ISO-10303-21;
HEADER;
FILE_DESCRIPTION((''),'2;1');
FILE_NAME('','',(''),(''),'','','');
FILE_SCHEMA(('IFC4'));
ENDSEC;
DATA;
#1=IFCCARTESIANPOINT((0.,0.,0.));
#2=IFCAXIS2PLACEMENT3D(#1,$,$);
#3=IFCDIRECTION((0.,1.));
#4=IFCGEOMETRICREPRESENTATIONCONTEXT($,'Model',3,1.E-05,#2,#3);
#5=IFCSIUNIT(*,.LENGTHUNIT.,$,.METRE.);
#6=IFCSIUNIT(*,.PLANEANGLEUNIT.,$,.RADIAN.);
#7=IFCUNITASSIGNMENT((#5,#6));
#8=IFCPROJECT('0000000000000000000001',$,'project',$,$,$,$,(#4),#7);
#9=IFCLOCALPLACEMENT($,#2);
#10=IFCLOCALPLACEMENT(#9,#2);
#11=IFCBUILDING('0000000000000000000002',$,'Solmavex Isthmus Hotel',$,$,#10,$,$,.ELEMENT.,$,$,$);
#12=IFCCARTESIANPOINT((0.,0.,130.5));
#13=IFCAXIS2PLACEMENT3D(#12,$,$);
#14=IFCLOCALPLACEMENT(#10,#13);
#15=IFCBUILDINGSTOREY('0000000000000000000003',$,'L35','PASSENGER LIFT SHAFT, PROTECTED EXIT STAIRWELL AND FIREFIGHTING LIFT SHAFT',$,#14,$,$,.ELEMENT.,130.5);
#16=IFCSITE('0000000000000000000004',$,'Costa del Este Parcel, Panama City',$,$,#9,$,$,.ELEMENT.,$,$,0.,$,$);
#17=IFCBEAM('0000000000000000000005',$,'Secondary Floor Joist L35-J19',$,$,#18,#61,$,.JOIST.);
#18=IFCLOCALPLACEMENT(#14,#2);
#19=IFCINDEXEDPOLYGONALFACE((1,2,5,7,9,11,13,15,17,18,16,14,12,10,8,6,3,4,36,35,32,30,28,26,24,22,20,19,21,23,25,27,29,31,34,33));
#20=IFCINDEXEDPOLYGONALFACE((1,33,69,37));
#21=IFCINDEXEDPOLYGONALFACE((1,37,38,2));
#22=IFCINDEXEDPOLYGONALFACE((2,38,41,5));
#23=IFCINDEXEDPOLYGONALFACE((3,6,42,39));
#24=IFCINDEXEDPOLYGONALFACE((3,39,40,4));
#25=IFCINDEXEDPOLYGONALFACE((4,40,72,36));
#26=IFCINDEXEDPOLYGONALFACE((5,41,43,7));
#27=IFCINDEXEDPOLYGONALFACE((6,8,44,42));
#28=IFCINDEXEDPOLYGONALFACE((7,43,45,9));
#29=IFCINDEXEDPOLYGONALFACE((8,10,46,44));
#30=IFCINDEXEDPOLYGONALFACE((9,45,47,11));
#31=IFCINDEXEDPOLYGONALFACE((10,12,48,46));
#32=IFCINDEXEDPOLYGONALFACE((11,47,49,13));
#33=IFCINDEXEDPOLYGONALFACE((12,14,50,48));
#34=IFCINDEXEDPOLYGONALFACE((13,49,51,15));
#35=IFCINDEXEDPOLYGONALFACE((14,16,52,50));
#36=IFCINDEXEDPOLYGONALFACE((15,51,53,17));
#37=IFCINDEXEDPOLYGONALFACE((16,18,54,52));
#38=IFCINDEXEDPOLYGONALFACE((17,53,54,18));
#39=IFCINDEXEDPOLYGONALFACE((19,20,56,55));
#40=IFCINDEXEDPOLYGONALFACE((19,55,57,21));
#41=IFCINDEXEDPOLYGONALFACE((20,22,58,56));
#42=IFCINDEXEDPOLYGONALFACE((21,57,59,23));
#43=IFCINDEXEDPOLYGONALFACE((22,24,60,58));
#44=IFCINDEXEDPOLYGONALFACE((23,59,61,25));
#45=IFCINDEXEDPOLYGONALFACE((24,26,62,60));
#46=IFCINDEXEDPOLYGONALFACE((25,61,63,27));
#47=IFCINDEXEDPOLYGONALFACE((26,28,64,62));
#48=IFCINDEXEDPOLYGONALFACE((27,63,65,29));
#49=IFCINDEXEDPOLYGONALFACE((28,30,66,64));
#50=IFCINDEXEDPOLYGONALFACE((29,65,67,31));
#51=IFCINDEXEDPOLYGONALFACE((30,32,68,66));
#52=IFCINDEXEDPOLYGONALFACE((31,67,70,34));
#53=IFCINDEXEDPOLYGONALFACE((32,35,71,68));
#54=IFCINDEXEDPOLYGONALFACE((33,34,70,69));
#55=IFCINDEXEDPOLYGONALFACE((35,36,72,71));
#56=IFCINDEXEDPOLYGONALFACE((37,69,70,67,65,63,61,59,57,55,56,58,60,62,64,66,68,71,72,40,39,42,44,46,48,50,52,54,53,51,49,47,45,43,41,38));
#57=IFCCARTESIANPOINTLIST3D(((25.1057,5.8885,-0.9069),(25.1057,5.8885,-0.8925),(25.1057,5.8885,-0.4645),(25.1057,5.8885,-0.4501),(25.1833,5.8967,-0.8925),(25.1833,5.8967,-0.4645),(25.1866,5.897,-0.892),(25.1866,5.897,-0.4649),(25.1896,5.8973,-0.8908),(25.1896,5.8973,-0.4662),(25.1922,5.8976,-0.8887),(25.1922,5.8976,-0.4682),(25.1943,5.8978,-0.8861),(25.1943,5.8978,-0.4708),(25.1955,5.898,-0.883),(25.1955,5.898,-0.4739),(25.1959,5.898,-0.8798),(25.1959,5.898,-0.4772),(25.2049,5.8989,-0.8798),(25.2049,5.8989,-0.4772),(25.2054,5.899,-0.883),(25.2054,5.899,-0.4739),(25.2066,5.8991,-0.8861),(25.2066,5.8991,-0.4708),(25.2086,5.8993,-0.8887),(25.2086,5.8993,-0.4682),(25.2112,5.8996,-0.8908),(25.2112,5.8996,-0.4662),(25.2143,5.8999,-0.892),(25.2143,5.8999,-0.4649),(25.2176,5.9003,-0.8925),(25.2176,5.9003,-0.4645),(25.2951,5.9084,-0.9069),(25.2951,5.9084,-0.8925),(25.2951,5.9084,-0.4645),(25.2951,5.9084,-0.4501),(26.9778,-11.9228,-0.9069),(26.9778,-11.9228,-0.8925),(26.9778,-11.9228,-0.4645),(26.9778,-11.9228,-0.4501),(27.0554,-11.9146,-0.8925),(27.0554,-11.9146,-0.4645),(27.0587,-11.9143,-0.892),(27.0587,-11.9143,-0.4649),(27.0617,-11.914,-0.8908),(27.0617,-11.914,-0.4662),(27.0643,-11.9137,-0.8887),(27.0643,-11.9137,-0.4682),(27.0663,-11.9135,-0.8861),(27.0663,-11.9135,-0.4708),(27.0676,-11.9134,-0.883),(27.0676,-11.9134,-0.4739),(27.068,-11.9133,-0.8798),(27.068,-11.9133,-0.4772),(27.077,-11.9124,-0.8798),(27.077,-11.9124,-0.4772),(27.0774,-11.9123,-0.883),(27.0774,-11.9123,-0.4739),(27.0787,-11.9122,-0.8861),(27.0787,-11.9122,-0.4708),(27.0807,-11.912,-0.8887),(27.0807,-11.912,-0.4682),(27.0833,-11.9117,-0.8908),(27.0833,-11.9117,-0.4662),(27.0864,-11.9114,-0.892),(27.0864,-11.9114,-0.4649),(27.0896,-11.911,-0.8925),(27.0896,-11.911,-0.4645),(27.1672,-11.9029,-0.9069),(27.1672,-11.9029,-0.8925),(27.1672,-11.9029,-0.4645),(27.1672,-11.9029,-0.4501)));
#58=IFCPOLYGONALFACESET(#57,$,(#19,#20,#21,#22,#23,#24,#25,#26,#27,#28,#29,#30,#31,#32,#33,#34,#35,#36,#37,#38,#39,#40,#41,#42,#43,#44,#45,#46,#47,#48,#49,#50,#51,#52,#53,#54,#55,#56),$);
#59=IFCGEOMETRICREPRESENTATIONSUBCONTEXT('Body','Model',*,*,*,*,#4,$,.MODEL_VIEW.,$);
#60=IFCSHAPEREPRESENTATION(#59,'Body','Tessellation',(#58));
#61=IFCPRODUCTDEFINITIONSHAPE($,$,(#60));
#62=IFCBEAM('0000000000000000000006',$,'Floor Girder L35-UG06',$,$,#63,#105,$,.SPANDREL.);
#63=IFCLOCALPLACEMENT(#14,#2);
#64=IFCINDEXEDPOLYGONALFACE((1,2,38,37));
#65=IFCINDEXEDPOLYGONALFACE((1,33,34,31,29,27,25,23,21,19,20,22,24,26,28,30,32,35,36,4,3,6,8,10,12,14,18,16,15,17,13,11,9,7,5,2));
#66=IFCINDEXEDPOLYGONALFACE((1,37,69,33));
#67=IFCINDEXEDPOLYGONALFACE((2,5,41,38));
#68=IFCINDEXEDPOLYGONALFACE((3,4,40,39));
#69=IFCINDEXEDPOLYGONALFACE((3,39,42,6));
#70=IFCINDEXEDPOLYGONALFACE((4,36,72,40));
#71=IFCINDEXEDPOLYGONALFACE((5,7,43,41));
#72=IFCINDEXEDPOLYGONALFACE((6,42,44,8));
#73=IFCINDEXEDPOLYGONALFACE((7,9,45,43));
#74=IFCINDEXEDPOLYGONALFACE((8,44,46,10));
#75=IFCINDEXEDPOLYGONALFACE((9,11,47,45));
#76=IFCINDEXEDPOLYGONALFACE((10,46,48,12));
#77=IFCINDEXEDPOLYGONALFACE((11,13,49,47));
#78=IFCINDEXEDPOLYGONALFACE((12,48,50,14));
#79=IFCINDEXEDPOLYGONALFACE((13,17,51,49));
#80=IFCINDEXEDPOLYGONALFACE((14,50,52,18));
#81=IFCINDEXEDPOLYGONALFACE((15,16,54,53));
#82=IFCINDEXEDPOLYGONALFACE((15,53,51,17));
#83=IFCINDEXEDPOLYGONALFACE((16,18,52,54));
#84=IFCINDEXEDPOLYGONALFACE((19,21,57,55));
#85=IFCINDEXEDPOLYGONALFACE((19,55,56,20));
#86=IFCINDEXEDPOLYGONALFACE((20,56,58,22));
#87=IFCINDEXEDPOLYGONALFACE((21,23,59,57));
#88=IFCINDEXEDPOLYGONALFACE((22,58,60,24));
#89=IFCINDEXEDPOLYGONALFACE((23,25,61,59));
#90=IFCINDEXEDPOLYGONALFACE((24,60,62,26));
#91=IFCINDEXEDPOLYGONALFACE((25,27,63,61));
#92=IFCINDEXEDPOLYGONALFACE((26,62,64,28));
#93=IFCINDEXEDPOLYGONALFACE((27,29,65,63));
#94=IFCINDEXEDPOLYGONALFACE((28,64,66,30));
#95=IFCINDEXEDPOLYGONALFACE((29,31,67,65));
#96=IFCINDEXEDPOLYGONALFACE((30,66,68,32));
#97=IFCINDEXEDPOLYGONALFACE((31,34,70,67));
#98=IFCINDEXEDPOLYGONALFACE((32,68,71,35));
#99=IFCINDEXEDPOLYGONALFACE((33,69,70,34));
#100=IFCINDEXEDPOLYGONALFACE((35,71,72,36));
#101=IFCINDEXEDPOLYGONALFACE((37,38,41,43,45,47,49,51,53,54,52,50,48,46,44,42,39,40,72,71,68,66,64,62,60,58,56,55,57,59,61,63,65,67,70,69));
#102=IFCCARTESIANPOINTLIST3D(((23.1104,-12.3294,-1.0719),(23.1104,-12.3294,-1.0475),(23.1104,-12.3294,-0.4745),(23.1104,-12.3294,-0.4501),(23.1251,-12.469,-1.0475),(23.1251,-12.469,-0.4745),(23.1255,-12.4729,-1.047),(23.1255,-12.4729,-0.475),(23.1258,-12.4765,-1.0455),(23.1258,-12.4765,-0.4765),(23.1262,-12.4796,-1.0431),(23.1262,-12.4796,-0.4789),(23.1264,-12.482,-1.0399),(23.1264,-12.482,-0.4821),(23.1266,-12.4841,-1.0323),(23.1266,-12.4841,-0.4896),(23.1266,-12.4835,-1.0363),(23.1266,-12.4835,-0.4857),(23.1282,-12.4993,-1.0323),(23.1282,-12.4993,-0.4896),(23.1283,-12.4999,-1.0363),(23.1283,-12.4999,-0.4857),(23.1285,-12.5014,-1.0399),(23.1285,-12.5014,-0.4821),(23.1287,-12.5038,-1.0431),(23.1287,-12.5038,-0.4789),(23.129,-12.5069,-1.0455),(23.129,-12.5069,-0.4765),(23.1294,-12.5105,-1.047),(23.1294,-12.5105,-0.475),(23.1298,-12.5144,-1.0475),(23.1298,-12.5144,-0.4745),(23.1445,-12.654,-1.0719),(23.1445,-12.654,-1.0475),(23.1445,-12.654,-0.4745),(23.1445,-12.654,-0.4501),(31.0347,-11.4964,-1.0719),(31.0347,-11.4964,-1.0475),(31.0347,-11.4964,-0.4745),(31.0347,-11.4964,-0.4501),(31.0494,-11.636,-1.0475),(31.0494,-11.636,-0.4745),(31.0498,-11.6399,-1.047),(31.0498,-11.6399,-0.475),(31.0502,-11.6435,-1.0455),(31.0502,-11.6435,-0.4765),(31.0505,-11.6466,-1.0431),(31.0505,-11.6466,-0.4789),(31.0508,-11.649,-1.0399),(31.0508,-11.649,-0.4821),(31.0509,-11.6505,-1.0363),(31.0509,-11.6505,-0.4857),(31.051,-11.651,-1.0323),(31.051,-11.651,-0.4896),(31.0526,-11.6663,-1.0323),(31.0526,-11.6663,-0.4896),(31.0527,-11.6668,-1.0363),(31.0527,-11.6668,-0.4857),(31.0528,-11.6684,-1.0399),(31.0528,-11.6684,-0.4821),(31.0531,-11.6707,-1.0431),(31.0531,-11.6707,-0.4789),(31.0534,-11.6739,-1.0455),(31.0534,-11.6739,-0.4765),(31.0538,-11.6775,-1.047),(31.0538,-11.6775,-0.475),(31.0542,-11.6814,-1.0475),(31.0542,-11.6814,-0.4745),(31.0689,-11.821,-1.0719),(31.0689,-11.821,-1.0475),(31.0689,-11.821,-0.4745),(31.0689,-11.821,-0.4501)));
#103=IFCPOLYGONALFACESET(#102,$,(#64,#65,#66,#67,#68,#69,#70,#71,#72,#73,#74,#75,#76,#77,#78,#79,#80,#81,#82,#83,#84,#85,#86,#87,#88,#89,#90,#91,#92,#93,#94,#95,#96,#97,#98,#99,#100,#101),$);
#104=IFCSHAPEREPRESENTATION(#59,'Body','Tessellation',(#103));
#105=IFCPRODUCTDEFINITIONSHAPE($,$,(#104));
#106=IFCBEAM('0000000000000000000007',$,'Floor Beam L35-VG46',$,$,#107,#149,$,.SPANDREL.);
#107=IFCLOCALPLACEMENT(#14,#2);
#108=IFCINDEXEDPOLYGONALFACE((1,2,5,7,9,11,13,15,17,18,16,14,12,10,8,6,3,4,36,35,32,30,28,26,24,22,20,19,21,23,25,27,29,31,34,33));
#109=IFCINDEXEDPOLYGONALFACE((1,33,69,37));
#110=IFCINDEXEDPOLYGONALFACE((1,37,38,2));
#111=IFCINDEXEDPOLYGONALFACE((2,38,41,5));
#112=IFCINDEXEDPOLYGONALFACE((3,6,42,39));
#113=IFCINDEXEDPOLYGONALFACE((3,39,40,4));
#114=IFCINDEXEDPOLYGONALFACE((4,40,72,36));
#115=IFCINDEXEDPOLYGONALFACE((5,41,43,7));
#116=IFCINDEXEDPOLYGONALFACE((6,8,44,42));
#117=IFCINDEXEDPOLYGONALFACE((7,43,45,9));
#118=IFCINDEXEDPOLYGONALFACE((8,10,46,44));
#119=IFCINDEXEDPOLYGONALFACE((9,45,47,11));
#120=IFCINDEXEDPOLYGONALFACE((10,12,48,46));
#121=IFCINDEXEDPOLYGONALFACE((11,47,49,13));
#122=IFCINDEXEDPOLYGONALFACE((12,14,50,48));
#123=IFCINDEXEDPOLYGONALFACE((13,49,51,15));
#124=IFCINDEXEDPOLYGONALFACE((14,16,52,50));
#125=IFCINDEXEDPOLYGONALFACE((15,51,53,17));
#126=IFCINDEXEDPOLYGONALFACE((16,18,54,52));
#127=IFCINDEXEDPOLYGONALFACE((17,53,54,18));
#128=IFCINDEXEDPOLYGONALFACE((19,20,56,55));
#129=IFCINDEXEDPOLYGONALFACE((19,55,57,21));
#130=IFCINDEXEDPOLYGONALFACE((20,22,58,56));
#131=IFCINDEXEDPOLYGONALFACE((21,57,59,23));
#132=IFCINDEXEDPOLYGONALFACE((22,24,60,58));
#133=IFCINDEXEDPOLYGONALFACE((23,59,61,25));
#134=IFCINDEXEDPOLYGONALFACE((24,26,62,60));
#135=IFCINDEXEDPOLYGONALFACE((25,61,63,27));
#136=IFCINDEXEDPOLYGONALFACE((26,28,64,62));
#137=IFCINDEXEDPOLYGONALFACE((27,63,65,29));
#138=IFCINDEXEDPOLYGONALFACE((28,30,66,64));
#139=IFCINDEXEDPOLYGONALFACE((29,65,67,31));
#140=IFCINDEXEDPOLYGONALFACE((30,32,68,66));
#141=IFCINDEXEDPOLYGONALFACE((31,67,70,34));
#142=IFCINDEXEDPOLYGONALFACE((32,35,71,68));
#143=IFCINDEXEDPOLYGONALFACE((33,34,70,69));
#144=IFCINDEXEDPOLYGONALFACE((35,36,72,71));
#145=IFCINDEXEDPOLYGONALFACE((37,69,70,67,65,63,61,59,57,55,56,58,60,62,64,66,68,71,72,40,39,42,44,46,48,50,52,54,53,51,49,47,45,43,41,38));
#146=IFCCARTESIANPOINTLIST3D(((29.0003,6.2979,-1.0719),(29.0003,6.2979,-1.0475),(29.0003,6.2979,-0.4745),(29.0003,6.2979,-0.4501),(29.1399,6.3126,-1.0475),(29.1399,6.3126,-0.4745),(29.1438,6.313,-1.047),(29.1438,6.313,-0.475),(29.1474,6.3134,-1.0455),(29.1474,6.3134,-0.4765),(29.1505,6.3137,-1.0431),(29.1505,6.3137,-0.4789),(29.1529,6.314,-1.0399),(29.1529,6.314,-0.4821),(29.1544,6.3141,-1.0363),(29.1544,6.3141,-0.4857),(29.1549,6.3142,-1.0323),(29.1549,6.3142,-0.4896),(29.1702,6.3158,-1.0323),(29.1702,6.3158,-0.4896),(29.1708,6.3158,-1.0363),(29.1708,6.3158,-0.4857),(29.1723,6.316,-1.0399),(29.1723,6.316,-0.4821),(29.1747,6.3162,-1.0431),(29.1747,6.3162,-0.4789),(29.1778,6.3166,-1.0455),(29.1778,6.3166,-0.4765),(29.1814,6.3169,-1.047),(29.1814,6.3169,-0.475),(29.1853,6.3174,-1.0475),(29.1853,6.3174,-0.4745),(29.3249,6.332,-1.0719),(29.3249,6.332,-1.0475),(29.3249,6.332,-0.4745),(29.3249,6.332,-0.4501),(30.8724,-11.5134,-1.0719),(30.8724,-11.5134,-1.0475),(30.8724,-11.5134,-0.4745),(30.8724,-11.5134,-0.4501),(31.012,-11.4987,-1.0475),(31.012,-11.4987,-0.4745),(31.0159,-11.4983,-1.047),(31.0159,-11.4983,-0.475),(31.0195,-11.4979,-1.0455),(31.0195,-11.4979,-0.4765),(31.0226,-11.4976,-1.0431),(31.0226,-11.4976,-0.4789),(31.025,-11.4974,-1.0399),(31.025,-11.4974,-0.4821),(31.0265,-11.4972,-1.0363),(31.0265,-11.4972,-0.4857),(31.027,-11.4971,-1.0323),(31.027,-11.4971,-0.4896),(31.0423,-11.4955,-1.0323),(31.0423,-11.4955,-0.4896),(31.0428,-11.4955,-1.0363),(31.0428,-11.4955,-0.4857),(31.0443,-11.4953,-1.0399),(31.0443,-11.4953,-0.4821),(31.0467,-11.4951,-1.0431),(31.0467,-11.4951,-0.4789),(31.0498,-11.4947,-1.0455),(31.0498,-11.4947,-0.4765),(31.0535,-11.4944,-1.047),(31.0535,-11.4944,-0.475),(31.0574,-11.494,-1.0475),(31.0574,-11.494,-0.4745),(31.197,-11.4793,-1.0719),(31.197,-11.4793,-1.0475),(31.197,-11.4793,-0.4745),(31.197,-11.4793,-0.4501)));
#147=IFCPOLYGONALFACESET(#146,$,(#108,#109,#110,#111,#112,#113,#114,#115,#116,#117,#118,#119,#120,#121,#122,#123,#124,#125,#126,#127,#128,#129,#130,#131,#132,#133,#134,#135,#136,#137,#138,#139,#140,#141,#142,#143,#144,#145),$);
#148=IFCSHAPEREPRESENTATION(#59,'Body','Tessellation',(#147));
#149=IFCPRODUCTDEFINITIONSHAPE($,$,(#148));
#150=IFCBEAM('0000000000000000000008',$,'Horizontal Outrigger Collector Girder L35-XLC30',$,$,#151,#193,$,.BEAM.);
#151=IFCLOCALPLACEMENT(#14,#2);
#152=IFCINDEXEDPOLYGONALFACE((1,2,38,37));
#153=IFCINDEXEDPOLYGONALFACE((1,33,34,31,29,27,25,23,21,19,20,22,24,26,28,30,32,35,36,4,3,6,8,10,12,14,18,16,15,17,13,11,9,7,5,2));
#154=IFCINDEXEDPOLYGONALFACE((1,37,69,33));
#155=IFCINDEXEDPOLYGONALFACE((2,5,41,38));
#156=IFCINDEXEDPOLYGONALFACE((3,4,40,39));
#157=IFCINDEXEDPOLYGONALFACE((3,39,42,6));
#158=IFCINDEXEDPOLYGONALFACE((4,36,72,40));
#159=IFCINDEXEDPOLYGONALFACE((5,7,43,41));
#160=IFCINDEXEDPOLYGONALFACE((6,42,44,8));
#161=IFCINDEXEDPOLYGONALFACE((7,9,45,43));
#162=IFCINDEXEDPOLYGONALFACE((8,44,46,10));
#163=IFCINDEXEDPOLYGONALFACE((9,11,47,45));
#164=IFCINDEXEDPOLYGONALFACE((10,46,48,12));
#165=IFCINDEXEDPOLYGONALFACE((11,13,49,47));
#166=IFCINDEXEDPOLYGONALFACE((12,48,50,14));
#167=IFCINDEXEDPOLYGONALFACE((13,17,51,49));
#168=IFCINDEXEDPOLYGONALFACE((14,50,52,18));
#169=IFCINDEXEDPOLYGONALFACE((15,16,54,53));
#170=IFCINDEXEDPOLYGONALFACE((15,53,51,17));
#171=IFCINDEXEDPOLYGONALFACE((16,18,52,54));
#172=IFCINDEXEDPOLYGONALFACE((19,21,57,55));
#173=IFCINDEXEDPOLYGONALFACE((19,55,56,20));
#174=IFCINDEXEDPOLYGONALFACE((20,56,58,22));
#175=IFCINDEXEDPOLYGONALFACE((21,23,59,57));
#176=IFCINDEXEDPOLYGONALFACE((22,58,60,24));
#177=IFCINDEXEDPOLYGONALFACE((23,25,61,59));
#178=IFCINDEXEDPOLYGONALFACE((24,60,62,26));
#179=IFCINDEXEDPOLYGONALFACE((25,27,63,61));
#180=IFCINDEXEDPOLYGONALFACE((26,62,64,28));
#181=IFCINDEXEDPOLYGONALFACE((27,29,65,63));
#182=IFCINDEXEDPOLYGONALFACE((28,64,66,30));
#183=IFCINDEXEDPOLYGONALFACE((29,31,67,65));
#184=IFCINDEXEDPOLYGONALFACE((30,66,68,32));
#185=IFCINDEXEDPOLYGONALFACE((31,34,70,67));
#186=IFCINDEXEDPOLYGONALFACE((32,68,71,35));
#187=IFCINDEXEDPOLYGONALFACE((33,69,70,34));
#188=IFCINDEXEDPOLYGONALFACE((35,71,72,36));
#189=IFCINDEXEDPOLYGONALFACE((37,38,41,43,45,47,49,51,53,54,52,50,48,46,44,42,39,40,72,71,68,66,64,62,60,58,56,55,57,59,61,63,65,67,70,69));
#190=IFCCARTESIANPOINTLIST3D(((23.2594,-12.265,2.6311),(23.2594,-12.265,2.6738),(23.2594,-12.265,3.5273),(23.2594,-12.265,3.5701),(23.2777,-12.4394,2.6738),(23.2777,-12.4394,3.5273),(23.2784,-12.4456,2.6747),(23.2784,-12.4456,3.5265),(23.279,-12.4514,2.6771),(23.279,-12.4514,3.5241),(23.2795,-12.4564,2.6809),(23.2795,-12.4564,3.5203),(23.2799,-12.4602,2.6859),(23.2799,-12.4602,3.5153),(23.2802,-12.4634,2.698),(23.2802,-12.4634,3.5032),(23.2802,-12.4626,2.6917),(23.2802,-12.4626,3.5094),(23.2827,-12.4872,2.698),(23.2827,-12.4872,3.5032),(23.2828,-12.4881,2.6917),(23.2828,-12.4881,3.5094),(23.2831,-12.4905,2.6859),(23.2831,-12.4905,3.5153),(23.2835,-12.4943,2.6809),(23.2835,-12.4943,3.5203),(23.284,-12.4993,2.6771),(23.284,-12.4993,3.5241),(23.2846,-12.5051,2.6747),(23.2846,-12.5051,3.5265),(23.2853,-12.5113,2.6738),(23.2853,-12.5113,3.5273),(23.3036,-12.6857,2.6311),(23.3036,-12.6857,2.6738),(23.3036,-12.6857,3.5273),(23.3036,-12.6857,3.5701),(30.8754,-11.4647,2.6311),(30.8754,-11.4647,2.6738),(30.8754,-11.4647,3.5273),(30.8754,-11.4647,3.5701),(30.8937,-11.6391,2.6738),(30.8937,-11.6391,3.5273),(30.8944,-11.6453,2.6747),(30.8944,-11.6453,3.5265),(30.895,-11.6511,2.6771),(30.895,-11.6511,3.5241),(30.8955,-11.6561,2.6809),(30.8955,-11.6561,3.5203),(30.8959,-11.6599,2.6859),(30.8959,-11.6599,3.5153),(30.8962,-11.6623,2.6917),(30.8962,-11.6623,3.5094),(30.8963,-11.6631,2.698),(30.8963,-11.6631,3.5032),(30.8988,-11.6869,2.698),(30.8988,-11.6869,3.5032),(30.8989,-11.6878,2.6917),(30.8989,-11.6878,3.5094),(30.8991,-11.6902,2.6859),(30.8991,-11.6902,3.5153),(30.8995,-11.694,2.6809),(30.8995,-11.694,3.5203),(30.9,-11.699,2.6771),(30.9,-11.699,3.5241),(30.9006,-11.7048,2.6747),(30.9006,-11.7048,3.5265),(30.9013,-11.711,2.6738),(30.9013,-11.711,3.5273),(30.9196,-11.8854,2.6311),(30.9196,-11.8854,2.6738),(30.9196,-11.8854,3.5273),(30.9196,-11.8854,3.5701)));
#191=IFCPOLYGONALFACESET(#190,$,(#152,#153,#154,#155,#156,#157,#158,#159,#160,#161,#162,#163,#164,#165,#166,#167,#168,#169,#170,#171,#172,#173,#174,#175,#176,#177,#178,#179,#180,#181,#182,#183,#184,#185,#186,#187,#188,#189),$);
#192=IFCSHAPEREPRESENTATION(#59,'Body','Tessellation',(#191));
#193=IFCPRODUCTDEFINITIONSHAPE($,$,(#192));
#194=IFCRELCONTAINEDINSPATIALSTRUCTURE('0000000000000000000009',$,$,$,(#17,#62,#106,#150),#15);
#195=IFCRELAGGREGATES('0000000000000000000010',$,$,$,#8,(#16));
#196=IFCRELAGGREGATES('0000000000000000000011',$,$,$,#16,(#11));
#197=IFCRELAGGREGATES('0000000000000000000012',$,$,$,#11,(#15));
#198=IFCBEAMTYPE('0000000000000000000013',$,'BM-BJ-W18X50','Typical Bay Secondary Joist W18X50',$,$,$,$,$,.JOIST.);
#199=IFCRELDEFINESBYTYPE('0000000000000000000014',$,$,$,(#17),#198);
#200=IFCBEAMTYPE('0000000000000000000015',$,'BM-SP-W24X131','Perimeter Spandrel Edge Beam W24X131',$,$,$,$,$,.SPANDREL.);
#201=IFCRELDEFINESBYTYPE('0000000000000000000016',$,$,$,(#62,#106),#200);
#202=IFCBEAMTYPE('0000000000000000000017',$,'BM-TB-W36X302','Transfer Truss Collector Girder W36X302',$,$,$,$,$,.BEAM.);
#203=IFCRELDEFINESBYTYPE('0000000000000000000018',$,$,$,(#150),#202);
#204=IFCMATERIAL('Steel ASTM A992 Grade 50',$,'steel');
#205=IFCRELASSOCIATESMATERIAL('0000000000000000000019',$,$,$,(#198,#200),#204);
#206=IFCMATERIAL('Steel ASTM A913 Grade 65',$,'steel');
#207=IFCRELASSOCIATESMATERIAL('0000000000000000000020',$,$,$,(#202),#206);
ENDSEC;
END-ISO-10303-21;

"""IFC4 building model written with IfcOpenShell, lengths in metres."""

from ifc_helpers import new_model, si_unit, direction, frame, origin, origin_2d, place, context, subcontext, project, spatial, i_section, extrude, material, material_profile, profile_set, type_object, element, save


model = new_model("IFC4")

# Units and contexts
model_context = context("Model", 3, precision=1e-05, world=origin(), true_north=direction((0.0, 1.0)))
body_context = subcontext(model_context, "Body", "Model", "MODEL_VIEW")
ifc_project = project(units=[si_unit("LENGTHUNIT", "METRE"), si_unit("PLANEANGLEUNIT", "RADIAN")], contexts=[model_context])

# Site, building, storey
site_placement = place(None, origin())
site = spatial("IfcSite", under=ifc_project, at=site_placement, Name="Costa del Este Parcel, Panama City", CompositionType="ELEMENT", RefElevation=0.0)
building_placement = place(site_placement, origin())
building = spatial("IfcBuilding", under=site, at=building_placement, Name="Solmavex Isthmus Hotel", CompositionType="ELEMENT")
storey_placement = place(building_placement, frame((0.0, 0.0, 130.5)))
storey = spatial("IfcBuildingStorey", under=building, at=storey_placement, Name="L35", Description="PASSENGER LIFT SHAFT, PROTECTED EXIT STAIRWELL AND FIREFIGHTING LIFT SHAFT", CompositionType="ELEMENT", Elevation=130.5)

# Shared definitions
ifc_material_1 = material(Name="Steel ASTM A913 Grade 65", Category="steel")

# Beams
ifc_material_2 = material(Name="Steel ASTM A992 Grade 50", Category="steel")
ifc_material_profile_1 = material_profile(ifc_material_2, i_section(OverallWidth=0.1904, OverallDepth=0.4568, WebThickness=0.009, FlangeThickness=0.0144, FilletRadius=0.0127, at=origin_2d()), Name="W18X50")
ifc_profile_set_1 = profile_set([ifc_material_profile_1], Name="Steel ASTM A992 Grade 50")
beam_type_1 = type_object("IfcBeamType", Name="BM-BJ-W18X50", Description="Typical Bay Secondary Joist W18X50", PredefinedType="JOIST", material=ifc_profile_set_1)
for number, where, z_axis, x_axis, name in (
    (1, (27.0725, -11.9128, -0.6785), (-0.10453, 0.994522, 0.0), (-0.994522, -0.10453, 0.0), "Secondary Floor Joist L35-J19"),
):
    element("IfcBeam", number, at=place(storey_placement, frame(where, z_axis=z_axis, x_axis=x_axis)), inside=storey, type_object=beam_type_1, Name=name, PredefinedType="JOIST", context=body_context, shape_type="SweptSolid", body=[
        extrude(i_section(OverallWidth=0.1904, OverallDepth=0.4568, WebThickness=0.009, FlangeThickness=0.0144, FilletRadius=0.0127, at=origin_2d()), origin(), (0.0, 0.0, 1.0), 17.9094),
    ])
ifc_material_profile_2 = material_profile(ifc_material_2, i_section(OverallWidth=0.3264, OverallDepth=0.6218, WebThickness=0.0154, FlangeThickness=0.0244, FilletRadius=0.0151, at=origin_2d()), Name="W24X131")
ifc_profile_set_2 = profile_set([ifc_material_profile_2], Name="Steel ASTM A992 Grade 50")
beam_type_2 = type_object("IfcBeamType", Name="BM-SP-W24X131", Description="Perimeter Spandrel Edge Beam W24X131", PredefinedType="SPANDREL", material=ifc_profile_set_2)
beam_1_placement = place(storey_placement, frame((23.1274, -12.4917, -0.761), z_axis=(0.99452, 0.104544, 0.0), x_axis=(-0.104544, 0.99452, 0.0)))
element("IfcBeam", 2, at=beam_1_placement, inside=storey, type_object=beam_type_2, Name="Floor Girder L35-UG06", PredefinedType="SPANDREL", context=body_context, shape_type="SweptSolid", body=[
    extrude(i_section(OverallWidth=0.3264, OverallDepth=0.6218, WebThickness=0.0154, FlangeThickness=0.0244, FilletRadius=0.0151, at=origin_2d()), origin(), (0.0, 0.0, 1.0), 7.968),
])
beam_2_placement = place(storey_placement, frame((31.0347, -11.4963, -0.761), z_axis=(-0.10453, 0.994522, 0.0), x_axis=(-0.994522, -0.10453, 0.0)))
element("IfcBeam", 3, at=beam_2_placement, inside=storey, type_object=beam_type_2, Name="Floor Beam L35-VG46", PredefinedType="SPANDREL", context=body_context, shape_type="SweptSolid", body=[
    extrude(i_section(OverallWidth=0.3264, OverallDepth=0.6218, WebThickness=0.0154, FlangeThickness=0.0244, FilletRadius=0.0151, at=origin_2d()), origin(), (0.0, 0.0, 1.0), 17.9094),
])
ifc_material_profile_3 = material_profile(ifc_material_1, i_section(OverallWidth=0.4231, OverallDepth=0.939, WebThickness=0.0239, FlangeThickness=0.0427, FilletRadius=0.0242, at=origin_2d()), Name="W36X302")
ifc_profile_set_3 = profile_set([ifc_material_profile_3], Name="Steel ASTM A913 Grade 65")
beam_type_3 = type_object("IfcBeamType", Name="BM-TB-W36X302", Description="Transfer Truss Collector Girder W36X302", PredefinedType="BEAM", material=ifc_profile_set_3)
for number, where, z_axis, x_axis, name in (
    (4, (23.2815, -12.4753, 3.1006), (0.994524, 0.104506, 0.0), (-0.104506, 0.994524, 0.0), "Horizontal Outrigger Collector Girder L35-XLC30"),
):
    element("IfcBeam", number, at=place(storey_placement, frame(where, z_axis=z_axis, x_axis=x_axis)), inside=storey, type_object=beam_type_3, Name=name, PredefinedType="BEAM", context=body_context, shape_type="SweptSolid", body=[
        extrude(i_section(OverallWidth=0.4231, OverallDepth=0.939, WebThickness=0.0239, FlangeThickness=0.0427, FilletRadius=0.0242, at=origin_2d()), origin(), (0.0, 0.0, 1.0), 7.658),
    ])

save(model, "model.ifc")
